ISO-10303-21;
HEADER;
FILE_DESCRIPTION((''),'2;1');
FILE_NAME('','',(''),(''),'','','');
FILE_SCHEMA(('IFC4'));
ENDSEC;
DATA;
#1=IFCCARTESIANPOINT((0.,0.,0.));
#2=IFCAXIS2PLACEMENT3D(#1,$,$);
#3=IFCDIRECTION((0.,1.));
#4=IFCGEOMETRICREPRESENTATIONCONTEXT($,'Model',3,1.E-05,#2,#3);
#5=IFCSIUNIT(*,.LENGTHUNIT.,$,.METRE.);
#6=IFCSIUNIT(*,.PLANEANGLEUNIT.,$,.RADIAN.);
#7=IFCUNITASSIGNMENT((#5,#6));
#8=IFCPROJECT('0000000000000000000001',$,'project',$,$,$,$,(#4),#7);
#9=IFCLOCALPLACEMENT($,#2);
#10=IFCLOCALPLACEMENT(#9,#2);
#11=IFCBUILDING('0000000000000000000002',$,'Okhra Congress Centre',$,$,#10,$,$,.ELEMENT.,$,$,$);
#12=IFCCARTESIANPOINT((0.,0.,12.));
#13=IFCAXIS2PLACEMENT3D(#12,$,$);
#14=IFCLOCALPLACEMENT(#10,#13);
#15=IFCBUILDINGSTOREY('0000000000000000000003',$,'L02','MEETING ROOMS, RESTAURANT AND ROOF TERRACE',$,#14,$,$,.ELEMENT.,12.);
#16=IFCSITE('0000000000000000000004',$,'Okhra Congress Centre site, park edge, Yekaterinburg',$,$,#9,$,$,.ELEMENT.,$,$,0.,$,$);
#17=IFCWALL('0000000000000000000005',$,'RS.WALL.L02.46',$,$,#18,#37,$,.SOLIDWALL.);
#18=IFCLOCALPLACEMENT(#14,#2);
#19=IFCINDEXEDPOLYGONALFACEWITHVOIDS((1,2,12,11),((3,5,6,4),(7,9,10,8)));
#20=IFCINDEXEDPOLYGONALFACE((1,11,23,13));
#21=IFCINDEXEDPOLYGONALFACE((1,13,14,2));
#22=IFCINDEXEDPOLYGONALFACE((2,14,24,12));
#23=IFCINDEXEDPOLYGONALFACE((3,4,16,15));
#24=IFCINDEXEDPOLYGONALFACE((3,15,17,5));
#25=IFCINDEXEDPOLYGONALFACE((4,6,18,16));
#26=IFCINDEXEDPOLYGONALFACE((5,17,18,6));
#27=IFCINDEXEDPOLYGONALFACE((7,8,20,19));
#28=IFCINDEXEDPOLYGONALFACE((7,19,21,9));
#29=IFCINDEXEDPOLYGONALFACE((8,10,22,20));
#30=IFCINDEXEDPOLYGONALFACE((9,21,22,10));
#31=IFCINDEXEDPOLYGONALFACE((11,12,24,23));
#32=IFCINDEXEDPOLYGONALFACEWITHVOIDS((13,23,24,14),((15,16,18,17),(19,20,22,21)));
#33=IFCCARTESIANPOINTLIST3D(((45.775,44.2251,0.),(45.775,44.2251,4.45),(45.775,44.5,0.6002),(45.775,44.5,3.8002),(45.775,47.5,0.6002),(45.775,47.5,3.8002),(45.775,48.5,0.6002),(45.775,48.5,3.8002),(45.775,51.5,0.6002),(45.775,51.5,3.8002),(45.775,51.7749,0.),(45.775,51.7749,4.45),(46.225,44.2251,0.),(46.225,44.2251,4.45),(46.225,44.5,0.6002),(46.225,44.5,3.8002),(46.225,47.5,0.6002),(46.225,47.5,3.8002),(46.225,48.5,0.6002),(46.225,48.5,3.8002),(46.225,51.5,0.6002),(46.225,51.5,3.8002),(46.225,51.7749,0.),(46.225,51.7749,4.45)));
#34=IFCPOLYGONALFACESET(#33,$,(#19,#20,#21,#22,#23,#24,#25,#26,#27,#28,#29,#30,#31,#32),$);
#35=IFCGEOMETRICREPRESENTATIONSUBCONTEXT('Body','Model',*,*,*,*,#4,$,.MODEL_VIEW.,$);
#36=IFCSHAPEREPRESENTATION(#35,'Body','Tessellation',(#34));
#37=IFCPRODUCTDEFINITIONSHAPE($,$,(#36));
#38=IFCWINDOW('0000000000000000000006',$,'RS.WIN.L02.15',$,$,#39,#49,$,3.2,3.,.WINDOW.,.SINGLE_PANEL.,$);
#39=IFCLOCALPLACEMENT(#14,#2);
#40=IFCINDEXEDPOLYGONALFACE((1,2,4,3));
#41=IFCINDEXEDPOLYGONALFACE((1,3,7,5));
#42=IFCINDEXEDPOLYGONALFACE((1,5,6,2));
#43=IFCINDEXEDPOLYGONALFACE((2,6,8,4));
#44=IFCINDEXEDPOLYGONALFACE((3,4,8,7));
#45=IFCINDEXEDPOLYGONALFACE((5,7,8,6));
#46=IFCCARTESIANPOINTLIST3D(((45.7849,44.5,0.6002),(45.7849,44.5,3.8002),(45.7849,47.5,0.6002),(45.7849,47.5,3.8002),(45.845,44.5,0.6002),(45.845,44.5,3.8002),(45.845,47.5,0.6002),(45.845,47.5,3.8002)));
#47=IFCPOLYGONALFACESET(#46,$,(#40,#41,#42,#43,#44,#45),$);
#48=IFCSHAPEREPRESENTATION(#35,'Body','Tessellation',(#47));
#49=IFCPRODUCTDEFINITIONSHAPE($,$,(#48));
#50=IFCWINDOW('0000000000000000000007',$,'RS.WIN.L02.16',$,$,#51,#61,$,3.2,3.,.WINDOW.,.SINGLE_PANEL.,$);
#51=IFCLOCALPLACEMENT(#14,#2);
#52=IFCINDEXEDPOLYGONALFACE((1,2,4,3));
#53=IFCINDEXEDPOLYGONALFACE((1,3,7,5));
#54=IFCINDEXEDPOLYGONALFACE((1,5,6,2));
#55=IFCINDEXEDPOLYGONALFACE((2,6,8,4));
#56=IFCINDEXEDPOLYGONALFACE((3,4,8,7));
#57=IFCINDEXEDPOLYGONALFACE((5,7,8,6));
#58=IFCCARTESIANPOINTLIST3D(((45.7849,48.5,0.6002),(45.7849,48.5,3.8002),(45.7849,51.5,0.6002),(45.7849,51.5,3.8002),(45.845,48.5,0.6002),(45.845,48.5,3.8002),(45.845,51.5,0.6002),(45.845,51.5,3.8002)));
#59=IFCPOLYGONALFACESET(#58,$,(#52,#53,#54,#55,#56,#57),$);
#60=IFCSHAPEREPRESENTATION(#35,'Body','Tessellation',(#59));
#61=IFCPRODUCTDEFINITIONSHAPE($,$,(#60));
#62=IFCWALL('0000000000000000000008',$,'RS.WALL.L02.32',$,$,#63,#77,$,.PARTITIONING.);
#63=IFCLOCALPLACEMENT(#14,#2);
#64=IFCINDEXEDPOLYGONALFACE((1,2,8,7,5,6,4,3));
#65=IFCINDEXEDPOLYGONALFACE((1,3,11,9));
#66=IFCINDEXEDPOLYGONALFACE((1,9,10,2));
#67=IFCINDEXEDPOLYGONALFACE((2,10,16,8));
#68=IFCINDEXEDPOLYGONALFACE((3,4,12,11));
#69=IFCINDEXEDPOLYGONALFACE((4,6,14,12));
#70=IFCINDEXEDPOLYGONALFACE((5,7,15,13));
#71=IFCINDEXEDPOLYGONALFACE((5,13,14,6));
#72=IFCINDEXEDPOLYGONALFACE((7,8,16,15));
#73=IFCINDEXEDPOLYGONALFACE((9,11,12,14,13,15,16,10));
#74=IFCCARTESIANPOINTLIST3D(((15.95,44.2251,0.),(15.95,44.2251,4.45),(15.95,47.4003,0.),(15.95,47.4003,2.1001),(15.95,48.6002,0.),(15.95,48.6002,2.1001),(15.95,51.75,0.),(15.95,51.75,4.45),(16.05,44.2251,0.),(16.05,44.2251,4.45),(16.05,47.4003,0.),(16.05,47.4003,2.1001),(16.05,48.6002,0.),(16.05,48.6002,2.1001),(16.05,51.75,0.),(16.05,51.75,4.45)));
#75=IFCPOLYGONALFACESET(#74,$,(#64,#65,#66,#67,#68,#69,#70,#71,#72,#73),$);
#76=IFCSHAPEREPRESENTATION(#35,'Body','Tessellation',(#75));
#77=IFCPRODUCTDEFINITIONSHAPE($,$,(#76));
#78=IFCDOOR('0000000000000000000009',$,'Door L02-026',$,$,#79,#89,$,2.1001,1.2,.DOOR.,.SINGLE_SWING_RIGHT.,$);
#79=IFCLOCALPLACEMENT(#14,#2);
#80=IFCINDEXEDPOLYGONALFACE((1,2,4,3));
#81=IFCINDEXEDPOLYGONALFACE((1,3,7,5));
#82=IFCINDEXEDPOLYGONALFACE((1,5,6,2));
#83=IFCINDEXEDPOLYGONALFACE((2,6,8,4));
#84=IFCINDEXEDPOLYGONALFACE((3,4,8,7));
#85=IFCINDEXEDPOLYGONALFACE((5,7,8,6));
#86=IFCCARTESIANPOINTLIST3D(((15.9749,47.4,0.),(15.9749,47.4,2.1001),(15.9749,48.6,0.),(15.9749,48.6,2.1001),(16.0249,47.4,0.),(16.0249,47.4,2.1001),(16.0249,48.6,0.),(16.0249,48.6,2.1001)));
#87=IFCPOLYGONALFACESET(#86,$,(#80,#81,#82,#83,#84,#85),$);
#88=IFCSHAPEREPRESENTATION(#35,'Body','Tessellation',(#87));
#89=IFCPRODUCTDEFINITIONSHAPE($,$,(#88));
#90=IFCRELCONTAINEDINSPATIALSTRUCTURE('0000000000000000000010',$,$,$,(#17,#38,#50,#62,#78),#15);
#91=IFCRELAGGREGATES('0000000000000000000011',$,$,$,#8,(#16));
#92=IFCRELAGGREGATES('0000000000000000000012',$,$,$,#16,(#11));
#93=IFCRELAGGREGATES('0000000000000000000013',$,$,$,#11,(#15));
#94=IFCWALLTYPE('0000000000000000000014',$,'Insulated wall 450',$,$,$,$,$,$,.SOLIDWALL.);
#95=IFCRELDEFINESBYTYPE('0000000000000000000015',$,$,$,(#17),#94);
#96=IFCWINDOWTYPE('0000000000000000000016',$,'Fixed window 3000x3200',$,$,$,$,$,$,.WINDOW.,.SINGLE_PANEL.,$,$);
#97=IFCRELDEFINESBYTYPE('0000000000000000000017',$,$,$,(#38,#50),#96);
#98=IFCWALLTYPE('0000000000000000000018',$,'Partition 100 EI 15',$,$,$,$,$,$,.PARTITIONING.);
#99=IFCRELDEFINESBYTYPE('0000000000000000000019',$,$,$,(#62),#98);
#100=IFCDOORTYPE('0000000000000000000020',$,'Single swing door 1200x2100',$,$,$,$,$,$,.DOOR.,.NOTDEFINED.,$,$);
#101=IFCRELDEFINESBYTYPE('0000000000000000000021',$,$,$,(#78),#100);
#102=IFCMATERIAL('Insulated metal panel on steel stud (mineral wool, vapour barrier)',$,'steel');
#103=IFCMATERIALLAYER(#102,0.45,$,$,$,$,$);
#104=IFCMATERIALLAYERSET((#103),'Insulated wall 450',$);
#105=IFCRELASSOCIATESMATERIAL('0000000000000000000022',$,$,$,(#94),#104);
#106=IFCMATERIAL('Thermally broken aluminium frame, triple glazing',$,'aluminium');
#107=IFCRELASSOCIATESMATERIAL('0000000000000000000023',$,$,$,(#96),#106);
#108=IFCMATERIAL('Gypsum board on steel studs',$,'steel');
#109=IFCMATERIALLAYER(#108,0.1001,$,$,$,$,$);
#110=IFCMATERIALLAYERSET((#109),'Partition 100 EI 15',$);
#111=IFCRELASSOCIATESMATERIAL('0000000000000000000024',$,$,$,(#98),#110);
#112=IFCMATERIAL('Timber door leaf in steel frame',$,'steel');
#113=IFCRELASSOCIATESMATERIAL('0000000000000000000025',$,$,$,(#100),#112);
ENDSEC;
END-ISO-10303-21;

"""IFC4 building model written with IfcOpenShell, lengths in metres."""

from ifc_helpers import new_model, si_unit, direction, frame, frame_2d, origin, place, context, subcontext, project, spatial, rectangle, extrude, material, layer, layer_set, type_object, element, fill, save


model = new_model("IFC4")

# Units and contexts
model_context = context("Model", 3, precision=1e-05, world=origin(), true_north=direction((0.0, 1.0)))
body_context = subcontext(model_context, "Body", "Model", "MODEL_VIEW")
ifc_project = project(units=[si_unit("LENGTHUNIT", "METRE"), si_unit("PLANEANGLEUNIT", "RADIAN")], contexts=[model_context])

# Site, building, storey
site_placement = place(None, origin())
site = spatial("IfcSite", under=ifc_project, at=site_placement, Name="Okhra Congress Centre site, park edge, Yekaterinburg", CompositionType="ELEMENT", RefElevation=0.0)
building_placement = place(site_placement, origin())
building = spatial("IfcBuilding", under=site, at=building_placement, Name="Okhra Congress Centre", CompositionType="ELEMENT")
storey_placement = place(building_placement, frame((0.0, 0.0, 12.0)))
storey = spatial("IfcBuildingStorey", under=building, at=storey_placement, Name="L02", Description="MEETING ROOMS, RESTAURANT AND ROOF TERRACE", CompositionType="ELEMENT", Elevation=12.0)

# Shared definitions
ifc_material_1 = material(Name="Insulated metal panel on steel stud (mineral wool, vapour barrier)", Category="steel")
ifc_layer_1 = layer(ifc_material_1, 0.45)
ifc_layer_set_1 = layer_set([ifc_layer_1], Name="Insulated wall 450")
wall_type_1 = type_object("IfcWallType", Name="Insulated wall 450", PredefinedType="SOLIDWALL", material=ifc_layer_set_1)

# Shared definitions
ifc_material_2 = material(Name="Thermally broken aluminium frame, triple glazing", Category="aluminium")
window_type = type_object("IfcWindowType", Name="Fixed window 3000x3200", PartitioningType="SINGLE_PANEL", PredefinedType="WINDOW", material=ifc_material_2)

# Wall, openings, windows
wall_1_placement = place(storey_placement, frame((46.0, 44.2251, 0.0), z_axis=(0.0, 0.0, 1.0), x_axis=(0.0, 1.0, 0.0)))
wall_1 = element("IfcWall", 1, at=wall_1_placement, inside=storey, type_object=wall_type_1, Name="RS.WALL.L02.46", PredefinedType="SOLIDWALL", context=body_context, shape_type="SweptSolid", body=[
    extrude(rectangle(XDim=7.5498, YDim=0.45, at=frame_2d((3.7749, 0.0))), origin(), (0.0, 0.0, 1.0), 4.45),
])
opening_1_placement = place(wall_1_placement, frame((0.2749, 0.0, 0.6001)))
opening_1 = element("IfcOpeningElement", 2, at=opening_1_placement, cuts=wall_1, PredefinedType="OPENING", context=body_context, shape_type="SweptSolid", body=[
    extrude(rectangle(XDim=3.0, YDim=3.2, at=frame_2d((1.5, 1.6001))), frame((0.0, 0.2349, 0.0), z_axis=(0.0, -1.0, 0.0), x_axis=(1.0, 0.0, 0.0)), (0.0, 0.0, 1.0), 0.47),
])
opening_2_placement = place(wall_1_placement, frame((4.2749, 0.0, 0.6001)))
opening_2 = element("IfcOpeningElement", 3, at=opening_2_placement, cuts=wall_1, PredefinedType="OPENING", context=body_context, shape_type="SweptSolid", body=[
    extrude(rectangle(XDim=3.0, YDim=3.2, at=frame_2d((1.5, 1.6001))), frame((0.0, 0.2349, 0.0), z_axis=(0.0, -1.0, 0.0), x_axis=(1.0, 0.0, 0.0)), (0.0, 0.0, 1.0), 0.47),
])
window_1_placement = place(opening_1_placement, origin())
window_1 = element("IfcWindow", 4, at=window_1_placement, inside=storey, type_object=window_type, Name="RS.WIN.L02.15", OverallHeight=3.2, OverallWidth=3.0, PartitioningType="SINGLE_PANEL", PredefinedType="WINDOW", context=body_context, shape_type="SweptSolid", body=[
    extrude(rectangle(XDim=3.0, YDim=3.2, at=frame_2d((1.5, 1.6001))), frame((0.0, 0.2151, 0.0), z_axis=(0.0, -1.0, 0.0), x_axis=(1.0, 0.0, 0.0)), (0.0, 0.0, 1.0), 0.0601),
])
fill(opening_1, window_1)
window_2_placement = place(opening_2_placement, origin())
window_2 = element("IfcWindow", 5, at=window_2_placement, inside=storey, type_object=window_type, Name="RS.WIN.L02.16", OverallHeight=3.2, OverallWidth=3.0, PartitioningType="SINGLE_PANEL", PredefinedType="WINDOW", context=body_context, shape_type="SweptSolid", body=[
    extrude(rectangle(XDim=3.0, YDim=3.2, at=frame_2d((1.5, 1.6001))), frame((0.0, 0.2151, 0.0), z_axis=(0.0, -1.0, 0.0), x_axis=(1.0, 0.0, 0.0)), (0.0, 0.0, 1.0), 0.0601),
])
fill(opening_2, window_2)

# Wall, opening, door
ifc_material_3 = material(Name="Gypsum board on steel studs", Category="steel")
ifc_layer_2 = layer(ifc_material_3, 0.1001)
ifc_layer_set_2 = layer_set([ifc_layer_2], Name="Partition 100 EI 15")
wall_type_2 = type_object("IfcWallType", Name="Partition 100 EI 15", PredefinedType="PARTITIONING", material=ifc_layer_set_2)
wall_2_placement = place(storey_placement, frame((16.0, 44.2251, 0.0), z_axis=(0.0, 0.0, 1.0), x_axis=(0.0, 1.0, 0.0)))
wall_2 = element("IfcWall", 6, at=wall_2_placement, inside=storey, type_object=wall_type_2, Name="RS.WALL.L02.32", PredefinedType="PARTITIONING", context=body_context, shape_type="SweptSolid", body=[
    extrude(rectangle(XDim=7.5249, YDim=0.1001, at=frame_2d((3.7625, 0.0))), origin(), (0.0, 0.0, 1.0), 4.45),
])
opening_3_placement = place(wall_2_placement, frame((3.175, 0.0, 0.0)))
opening_3 = element("IfcOpeningElement", 7, at=opening_3_placement, cuts=wall_2, PredefinedType="OPENING", context=body_context, shape_type="SweptSolid", body=[
    extrude(rectangle(XDim=1.2, YDim=2.1001, at=frame_2d((0.6001, 1.05))), frame((0.0, 0.0601, 0.0), z_axis=(0.0, -1.0, 0.0), x_axis=(1.0, 0.0, 0.0)), (0.0, 0.0, 1.0), 0.1201),
])
ifc_material_4 = material(Name="Timber door leaf in steel frame", Category="steel")
door_type_1 = type_object("IfcDoorType", Name="Single swing door 1200x2100", OperationType="NOTDEFINED", PredefinedType="DOOR", material=ifc_material_4)
door_1_placement = place(opening_3_placement, frame((1.2, 0.0, 0.0), z_axis=(0.0, 0.0, 1.0), x_axis=(-1.0, 0.0, 0.0)))
door_1 = element("IfcDoor", 8, at=door_1_placement, inside=storey, type_object=door_type_1, Name="Door L02-026", OperationType="SINGLE_SWING_RIGHT", OverallHeight=2.1001, OverallWidth=1.2, PredefinedType="DOOR", context=body_context, shape_type="SweptSolid", body=[
    extrude(rectangle(XDim=1.2, YDim=2.1001, at=frame_2d((0.6001, 1.05))), frame((0.0, 0.0249, 0.0), z_axis=(0.0, -1.0, 0.0), x_axis=(1.0, 0.0, 0.0)), (0.0, 0.0, 1.0), 0.05),
])
fill(opening_3, door_1)

save(model, "model.ifc")
